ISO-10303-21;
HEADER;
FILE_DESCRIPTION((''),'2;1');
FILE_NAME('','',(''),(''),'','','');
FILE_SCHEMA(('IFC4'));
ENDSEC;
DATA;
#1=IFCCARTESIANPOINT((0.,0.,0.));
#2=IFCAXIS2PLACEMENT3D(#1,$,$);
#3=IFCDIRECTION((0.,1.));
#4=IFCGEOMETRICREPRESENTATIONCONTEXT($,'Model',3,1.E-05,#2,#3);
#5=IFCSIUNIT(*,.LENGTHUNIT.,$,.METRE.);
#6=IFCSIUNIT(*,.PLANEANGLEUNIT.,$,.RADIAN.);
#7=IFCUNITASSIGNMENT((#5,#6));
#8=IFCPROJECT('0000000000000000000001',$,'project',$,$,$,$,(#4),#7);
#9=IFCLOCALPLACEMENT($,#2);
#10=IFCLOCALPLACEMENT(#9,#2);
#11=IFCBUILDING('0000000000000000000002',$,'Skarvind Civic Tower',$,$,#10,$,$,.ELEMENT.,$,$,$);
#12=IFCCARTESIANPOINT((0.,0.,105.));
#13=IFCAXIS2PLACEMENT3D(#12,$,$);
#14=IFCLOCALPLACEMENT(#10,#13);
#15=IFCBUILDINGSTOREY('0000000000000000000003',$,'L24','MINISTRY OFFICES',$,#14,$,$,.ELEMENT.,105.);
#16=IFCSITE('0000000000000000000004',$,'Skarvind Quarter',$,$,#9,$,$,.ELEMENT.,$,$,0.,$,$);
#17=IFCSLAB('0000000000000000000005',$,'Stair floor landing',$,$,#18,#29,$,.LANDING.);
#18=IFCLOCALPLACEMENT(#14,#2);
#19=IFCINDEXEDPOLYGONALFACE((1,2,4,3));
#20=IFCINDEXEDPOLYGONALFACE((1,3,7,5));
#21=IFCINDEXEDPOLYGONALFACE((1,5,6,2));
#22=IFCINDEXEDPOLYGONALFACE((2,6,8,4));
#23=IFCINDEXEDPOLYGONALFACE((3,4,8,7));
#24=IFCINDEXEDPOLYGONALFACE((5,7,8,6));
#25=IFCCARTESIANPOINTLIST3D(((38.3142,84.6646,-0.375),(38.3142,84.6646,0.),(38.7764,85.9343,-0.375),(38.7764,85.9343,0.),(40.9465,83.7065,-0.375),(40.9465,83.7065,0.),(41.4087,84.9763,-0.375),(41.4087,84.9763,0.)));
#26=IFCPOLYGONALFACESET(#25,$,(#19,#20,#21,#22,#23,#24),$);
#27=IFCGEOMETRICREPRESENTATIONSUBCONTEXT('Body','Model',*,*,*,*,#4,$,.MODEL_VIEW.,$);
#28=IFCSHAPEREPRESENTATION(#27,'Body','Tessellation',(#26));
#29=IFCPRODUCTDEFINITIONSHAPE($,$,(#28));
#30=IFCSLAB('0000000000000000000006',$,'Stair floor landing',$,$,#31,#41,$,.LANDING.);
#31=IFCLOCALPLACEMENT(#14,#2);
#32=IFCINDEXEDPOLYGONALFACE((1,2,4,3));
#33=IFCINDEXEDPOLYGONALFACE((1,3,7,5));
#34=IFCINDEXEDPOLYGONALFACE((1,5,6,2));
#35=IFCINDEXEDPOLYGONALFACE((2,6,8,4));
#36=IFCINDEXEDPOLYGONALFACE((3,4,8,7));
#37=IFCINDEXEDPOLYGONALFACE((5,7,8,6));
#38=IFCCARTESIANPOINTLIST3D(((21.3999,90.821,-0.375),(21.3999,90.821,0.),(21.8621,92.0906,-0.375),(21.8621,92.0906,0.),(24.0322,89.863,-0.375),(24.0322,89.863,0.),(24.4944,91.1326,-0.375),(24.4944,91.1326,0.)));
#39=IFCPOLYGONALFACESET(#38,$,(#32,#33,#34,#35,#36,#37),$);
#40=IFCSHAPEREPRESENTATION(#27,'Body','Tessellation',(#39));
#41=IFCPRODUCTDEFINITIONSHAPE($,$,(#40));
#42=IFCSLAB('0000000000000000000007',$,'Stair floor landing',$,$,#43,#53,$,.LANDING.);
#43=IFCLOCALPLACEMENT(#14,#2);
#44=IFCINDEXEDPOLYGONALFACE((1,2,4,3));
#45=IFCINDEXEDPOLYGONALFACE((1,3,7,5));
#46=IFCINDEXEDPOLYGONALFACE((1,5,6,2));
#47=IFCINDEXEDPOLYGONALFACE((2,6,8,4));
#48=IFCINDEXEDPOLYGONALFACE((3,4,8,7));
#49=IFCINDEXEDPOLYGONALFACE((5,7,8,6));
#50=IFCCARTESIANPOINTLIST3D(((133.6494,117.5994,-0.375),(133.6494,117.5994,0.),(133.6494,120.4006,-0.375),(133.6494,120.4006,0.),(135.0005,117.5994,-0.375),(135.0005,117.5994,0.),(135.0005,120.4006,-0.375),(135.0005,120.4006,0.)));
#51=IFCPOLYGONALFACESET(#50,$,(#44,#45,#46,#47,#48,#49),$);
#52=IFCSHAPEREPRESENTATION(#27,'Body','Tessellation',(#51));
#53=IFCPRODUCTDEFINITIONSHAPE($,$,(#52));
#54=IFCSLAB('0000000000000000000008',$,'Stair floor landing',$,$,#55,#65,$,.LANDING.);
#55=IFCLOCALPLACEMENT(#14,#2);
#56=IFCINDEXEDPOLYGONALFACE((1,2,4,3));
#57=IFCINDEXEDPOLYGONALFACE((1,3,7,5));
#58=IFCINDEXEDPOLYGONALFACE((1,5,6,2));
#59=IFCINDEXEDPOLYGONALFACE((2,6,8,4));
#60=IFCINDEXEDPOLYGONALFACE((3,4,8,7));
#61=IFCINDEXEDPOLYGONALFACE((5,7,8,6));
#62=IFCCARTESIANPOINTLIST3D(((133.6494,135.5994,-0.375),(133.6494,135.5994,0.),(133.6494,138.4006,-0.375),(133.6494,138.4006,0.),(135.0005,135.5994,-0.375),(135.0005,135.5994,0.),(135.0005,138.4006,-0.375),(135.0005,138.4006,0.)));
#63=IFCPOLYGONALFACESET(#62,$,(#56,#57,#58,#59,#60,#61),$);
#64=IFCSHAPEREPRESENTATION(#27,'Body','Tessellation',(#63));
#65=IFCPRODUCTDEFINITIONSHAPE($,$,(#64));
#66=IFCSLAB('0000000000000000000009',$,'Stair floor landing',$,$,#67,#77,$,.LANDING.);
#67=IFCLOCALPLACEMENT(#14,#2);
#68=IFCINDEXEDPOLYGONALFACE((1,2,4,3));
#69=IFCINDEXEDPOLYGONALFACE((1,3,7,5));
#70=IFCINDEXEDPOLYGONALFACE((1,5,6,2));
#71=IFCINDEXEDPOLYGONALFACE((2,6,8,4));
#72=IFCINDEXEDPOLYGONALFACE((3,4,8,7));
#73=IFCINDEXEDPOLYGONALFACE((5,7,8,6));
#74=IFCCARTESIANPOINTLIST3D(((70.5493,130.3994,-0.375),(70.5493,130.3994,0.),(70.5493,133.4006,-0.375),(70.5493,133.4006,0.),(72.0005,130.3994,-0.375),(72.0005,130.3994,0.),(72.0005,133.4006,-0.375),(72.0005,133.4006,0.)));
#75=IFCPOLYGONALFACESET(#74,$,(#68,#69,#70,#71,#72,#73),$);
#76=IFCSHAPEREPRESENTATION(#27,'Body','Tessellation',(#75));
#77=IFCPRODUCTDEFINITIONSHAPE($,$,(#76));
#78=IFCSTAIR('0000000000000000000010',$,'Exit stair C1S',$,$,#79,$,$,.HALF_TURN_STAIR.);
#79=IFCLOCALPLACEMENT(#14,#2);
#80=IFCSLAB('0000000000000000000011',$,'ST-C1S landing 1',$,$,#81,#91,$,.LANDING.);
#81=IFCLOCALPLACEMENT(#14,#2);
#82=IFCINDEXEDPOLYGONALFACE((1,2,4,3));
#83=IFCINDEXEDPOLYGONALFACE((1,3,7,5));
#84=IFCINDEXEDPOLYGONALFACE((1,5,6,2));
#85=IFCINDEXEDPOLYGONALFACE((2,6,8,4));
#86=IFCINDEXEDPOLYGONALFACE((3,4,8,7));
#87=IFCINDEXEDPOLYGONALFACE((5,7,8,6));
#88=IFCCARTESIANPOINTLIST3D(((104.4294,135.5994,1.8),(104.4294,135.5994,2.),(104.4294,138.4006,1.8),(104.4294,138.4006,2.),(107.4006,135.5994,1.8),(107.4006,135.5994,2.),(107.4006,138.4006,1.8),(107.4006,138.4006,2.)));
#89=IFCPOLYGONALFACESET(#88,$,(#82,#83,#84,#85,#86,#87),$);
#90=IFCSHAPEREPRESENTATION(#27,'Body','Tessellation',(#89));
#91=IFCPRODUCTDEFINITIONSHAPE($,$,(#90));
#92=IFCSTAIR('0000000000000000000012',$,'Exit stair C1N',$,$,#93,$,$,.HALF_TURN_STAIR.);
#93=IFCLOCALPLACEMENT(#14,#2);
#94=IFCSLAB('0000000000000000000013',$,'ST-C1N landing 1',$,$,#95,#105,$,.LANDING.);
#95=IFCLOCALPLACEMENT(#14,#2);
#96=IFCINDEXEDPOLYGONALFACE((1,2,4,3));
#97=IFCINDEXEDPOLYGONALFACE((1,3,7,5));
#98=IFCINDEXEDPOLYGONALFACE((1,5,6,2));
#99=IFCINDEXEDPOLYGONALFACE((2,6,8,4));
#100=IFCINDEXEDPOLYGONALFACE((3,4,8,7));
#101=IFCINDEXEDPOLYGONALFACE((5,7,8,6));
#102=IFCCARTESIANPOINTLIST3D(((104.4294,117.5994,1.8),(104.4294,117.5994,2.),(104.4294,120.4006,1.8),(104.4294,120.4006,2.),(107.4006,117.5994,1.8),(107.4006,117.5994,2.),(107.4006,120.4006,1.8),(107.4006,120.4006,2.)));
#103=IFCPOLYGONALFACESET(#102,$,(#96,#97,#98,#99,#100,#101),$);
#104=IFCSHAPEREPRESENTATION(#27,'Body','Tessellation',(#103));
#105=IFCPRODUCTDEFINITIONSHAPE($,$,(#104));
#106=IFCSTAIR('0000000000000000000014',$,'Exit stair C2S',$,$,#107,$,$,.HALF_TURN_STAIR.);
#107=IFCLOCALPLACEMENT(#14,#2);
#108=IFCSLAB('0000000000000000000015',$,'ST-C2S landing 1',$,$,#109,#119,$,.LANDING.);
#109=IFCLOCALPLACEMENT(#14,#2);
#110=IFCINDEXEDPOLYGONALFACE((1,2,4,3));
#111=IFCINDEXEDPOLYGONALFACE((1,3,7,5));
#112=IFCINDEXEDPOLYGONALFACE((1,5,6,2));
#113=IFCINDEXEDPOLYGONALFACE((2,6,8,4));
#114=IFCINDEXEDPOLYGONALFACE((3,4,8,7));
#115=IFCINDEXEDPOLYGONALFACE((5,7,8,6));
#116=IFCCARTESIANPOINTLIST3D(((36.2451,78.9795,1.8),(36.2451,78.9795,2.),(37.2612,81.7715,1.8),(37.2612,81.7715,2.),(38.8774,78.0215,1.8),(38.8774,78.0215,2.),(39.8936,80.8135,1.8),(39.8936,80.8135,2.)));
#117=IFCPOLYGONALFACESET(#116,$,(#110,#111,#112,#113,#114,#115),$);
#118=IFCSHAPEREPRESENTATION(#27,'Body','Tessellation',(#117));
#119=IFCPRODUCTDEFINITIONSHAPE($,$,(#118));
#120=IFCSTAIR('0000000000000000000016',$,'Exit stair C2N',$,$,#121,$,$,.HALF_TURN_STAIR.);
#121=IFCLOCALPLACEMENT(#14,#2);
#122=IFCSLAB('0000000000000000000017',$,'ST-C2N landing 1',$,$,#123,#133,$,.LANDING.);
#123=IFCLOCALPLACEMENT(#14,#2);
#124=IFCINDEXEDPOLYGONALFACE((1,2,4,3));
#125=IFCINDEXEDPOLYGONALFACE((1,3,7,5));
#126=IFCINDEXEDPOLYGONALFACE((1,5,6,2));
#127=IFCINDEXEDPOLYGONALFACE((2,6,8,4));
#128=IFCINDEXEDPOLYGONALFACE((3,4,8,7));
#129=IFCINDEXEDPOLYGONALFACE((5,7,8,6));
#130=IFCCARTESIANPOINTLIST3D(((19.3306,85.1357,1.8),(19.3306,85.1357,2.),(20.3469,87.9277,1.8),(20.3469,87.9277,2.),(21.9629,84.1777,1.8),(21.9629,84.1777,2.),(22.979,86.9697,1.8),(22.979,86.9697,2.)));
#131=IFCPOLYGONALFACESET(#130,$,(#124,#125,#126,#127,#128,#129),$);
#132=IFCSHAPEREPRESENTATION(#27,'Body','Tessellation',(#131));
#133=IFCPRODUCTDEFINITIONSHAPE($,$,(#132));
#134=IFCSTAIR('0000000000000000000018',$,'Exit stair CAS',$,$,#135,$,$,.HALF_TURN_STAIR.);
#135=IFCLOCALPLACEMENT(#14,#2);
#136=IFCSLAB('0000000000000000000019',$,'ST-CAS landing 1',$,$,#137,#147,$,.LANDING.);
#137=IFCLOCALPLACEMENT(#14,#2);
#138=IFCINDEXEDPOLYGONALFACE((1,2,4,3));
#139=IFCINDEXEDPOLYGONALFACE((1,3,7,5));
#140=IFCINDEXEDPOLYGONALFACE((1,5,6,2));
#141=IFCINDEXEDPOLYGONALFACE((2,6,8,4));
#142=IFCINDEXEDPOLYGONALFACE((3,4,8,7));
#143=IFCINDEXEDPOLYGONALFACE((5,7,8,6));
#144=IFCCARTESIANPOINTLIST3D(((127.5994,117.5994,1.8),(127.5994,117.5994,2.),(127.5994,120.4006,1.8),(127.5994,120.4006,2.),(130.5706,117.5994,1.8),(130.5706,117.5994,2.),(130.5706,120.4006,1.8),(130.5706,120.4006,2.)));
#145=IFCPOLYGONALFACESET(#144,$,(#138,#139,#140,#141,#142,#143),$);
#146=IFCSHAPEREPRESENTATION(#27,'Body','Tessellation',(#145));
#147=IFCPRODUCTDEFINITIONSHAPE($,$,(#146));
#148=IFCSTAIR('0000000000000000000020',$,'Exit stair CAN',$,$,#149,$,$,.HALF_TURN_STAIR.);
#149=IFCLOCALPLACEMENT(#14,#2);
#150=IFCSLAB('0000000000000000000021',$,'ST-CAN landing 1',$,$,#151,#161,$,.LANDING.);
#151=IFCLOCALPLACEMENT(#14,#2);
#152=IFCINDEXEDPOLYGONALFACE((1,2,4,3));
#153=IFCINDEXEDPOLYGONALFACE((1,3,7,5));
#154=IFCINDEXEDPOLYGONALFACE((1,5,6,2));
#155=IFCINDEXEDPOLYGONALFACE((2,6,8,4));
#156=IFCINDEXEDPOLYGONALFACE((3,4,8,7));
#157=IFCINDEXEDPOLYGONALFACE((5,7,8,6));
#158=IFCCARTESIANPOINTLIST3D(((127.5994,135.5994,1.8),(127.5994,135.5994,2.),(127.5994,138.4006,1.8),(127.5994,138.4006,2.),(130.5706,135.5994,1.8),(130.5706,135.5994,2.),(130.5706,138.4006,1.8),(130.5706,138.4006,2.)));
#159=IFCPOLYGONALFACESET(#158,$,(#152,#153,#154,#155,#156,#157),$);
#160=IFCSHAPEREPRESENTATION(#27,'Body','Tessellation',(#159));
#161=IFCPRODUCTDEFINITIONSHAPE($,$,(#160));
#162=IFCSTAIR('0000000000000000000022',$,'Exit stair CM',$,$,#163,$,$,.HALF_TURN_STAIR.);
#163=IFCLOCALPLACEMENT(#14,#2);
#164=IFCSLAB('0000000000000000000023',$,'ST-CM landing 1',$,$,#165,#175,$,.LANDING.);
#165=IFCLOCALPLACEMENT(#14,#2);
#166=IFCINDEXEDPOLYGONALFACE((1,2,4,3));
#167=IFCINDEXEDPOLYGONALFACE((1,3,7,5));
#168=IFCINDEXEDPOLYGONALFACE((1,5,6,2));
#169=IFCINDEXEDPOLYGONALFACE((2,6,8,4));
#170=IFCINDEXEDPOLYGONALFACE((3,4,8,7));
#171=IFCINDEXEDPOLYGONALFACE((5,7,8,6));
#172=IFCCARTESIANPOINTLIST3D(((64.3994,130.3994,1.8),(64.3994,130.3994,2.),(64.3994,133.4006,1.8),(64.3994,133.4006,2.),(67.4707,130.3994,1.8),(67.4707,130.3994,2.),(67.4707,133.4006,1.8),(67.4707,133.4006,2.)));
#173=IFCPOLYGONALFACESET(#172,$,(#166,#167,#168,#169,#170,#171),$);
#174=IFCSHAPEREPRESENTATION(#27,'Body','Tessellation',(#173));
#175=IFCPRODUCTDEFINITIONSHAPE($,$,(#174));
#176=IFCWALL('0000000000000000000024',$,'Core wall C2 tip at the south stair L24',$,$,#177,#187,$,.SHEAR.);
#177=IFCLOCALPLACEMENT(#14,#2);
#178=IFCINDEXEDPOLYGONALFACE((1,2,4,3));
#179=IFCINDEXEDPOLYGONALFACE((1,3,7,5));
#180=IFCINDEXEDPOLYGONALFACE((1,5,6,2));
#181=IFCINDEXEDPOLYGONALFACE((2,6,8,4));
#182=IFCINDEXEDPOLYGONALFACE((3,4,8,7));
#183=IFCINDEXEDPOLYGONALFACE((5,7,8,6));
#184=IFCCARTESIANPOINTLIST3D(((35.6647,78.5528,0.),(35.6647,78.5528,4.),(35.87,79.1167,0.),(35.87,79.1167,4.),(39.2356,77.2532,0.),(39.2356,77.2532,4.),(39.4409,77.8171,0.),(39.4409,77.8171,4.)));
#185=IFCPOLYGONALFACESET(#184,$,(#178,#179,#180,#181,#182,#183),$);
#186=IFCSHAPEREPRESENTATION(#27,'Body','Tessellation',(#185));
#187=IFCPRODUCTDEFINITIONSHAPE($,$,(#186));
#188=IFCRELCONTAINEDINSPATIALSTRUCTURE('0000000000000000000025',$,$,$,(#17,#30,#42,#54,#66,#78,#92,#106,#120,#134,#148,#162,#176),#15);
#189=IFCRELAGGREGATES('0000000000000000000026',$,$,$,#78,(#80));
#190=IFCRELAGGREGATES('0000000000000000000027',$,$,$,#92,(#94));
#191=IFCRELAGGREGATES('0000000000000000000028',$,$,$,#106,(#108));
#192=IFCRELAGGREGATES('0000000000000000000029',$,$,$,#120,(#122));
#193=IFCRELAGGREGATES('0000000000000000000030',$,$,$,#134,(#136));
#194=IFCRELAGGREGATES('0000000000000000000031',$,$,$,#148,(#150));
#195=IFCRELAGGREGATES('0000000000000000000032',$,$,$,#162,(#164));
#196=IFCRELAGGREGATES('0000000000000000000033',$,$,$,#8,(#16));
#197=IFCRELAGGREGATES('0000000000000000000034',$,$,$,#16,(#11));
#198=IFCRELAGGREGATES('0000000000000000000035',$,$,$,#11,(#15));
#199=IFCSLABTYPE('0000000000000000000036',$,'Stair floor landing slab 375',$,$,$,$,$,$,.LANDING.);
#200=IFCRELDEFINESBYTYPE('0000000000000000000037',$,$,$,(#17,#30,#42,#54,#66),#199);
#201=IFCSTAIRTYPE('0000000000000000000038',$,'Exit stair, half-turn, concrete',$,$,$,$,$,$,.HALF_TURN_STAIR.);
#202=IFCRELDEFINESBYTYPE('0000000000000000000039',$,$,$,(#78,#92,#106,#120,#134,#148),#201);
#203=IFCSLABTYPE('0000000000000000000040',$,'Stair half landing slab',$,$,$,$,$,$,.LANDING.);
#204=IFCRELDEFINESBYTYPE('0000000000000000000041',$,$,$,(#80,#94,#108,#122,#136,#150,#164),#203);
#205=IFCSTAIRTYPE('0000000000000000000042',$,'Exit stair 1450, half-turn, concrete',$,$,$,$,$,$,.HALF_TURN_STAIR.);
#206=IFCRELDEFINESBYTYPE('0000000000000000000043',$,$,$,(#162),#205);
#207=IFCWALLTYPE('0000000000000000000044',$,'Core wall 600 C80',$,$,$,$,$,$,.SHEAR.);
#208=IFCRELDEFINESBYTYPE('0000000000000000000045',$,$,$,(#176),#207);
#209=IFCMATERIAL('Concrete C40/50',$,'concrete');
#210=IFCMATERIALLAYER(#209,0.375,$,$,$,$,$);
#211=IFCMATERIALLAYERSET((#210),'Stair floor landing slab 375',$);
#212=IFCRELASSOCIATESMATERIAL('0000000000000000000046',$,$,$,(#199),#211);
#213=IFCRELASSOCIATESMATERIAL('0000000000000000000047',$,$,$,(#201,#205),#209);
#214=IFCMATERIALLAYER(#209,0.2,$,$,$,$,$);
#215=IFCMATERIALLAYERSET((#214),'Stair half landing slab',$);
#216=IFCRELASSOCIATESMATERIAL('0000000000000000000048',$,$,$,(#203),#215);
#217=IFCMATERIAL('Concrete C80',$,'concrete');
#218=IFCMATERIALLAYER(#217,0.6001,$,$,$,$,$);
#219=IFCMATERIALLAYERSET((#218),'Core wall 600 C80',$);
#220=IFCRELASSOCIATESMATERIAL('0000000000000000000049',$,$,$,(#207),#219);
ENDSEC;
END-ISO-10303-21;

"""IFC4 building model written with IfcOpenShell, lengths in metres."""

from ifc_helpers import new_model, si_unit, direction, frame, frame_2d, origin, place, context, subcontext, project, spatial, polyline, rectangle, outline, extrude, material, layer, layer_set, type_object, element, aggregate, save


model = new_model("IFC4")

# Units and contexts
model_context = context("Model", 3, precision=1e-05, world=origin(), true_north=direction((0.0, 1.0)))
body_context = subcontext(model_context, "Body", "Model", "MODEL_VIEW")
ifc_project = project(units=[si_unit("LENGTHUNIT", "METRE"), si_unit("PLANEANGLEUNIT", "RADIAN")], contexts=[model_context])

# Site, building, storey
site_placement = place(None, origin())
site = spatial("IfcSite", under=ifc_project, at=site_placement, Name="Skarvind Quarter", CompositionType="ELEMENT", RefElevation=0.0)
building_placement = place(site_placement, origin())
building = spatial("IfcBuilding", under=site, at=building_placement, Name="Skarvind Civic Tower", CompositionType="ELEMENT")
storey_placement = place(building_placement, frame((0.0, 0.0, 105.0)))
storey = spatial("IfcBuildingStorey", under=building, at=storey_placement, Name="L24", Description="MINISTRY OFFICES", CompositionType="ELEMENT", Elevation=105.0)

# Slabs
ifc_material_1 = material(Name="Concrete C40/50", Category="concrete")
ifc_layer_1 = layer(ifc_material_1, 0.375)
ifc_layer_set_1 = layer_set([ifc_layer_1], Name="Stair floor landing slab 375")
slab_type_1 = type_object("IfcSlabType", Name="Stair floor landing slab 375", PredefinedType="LANDING", material=ifc_layer_set_1)
slab_1_placement = place(storey_placement, frame((0.0, 0.0, -0.375)))
element("IfcSlab", 1, at=slab_1_placement, inside=storey, type_object=slab_type_1, Name="Stair floor landing", PredefinedType="LANDING", context=body_context, shape_type="SweptSolid", body=[
    extrude(outline(polyline([(40.9465, 83.7065), (38.3142, 84.6646), (38.7764, 85.9343), (41.4087, 84.9763), (40.9465, 83.7065)])), origin(), (0.0, 0.0, 1.0), 0.375),
])
slab_2_placement = place(storey_placement, frame((0.0, 0.0, -0.375)))
element("IfcSlab", 2, at=slab_2_placement, inside=storey, type_object=slab_type_1, Name="Stair floor landing", PredefinedType="LANDING", context=body_context, shape_type="SweptSolid", body=[
    extrude(outline(polyline([(24.0322, 89.863), (21.3999, 90.821), (21.8621, 92.0906), (24.4944, 91.1326), (24.0322, 89.863)])), origin(), (0.0, 0.0, 1.0), 0.375),
])
slab_3_placement = place(storey_placement, frame((0.0, 0.0, -0.375)))
element("IfcSlab", 3, at=slab_3_placement, inside=storey, type_object=slab_type_1, Name="Stair floor landing", PredefinedType="LANDING", context=body_context, shape_type="SweptSolid", body=[
    extrude(outline(polyline([(133.6494, 117.5994), (133.6494, 120.4006), (135.0005, 120.4006), (135.0005, 117.5994), (133.6494, 117.5994)])), origin(), (0.0, 0.0, 1.0), 0.375),
])
slab_4_placement = place(storey_placement, frame((0.0, 0.0, -0.375)))
element("IfcSlab", 4, at=slab_4_placement, inside=storey, type_object=slab_type_1, Name="Stair floor landing", PredefinedType="LANDING", context=body_context, shape_type="SweptSolid", body=[
    extrude(outline(polyline([(133.6494, 135.5994), (133.6494, 138.4006), (135.0005, 138.4006), (135.0005, 135.5994), (133.6494, 135.5994)])), origin(), (0.0, 0.0, 1.0), 0.375),
])
slab_5_placement = place(storey_placement, frame((0.0, 0.0, -0.375)))
element("IfcSlab", 5, at=slab_5_placement, inside=storey, type_object=slab_type_1, Name="Stair floor landing", PredefinedType="LANDING", context=body_context, shape_type="SweptSolid", body=[
    extrude(outline(polyline([(70.5493, 130.3994), (70.5493, 133.4006), (72.0005, 133.4006), (72.0005, 130.3994), (70.5493, 130.3994)])), origin(), (0.0, 0.0, 1.0), 0.375),
])

# Stairs, slabs
stair_type_1 = type_object("IfcStairType", Name="Exit stair, half-turn, concrete", PredefinedType="HALF_TURN_STAIR", material=ifc_material_1)
stair_1_placement = place(storey_placement, origin())
stair_1 = element("IfcStair", 6, at=stair_1_placement, inside=storey, type_object=stair_type_1, Name="Exit stair C1S", PredefinedType="HALF_TURN_STAIR")
ifc_layer_2 = layer(ifc_material_1, 0.2)
ifc_layer_set_2 = layer_set([ifc_layer_2], Name="Stair half landing slab")
slab_type_2 = type_object("IfcSlabType", Name="Stair half landing slab", PredefinedType="LANDING", material=ifc_layer_set_2)
slab_6_placement = place(storey_placement, frame((0.0, 0.0, 1.8)))
slab_6 = element("IfcSlab", 7, at=slab_6_placement, type_object=slab_type_2, Name="ST-C1S landing 1", PredefinedType="LANDING", context=body_context, shape_type="SweptSolid", body=[
    extrude(outline(polyline([(104.4294, 135.5994), (104.4294, 138.4006), (107.4006, 138.4006), (107.4006, 135.5994), (104.4294, 135.5994)])), origin(), (0.0, 0.0, 1.0), 0.2),
])
aggregate(stair_1, [slab_6])
stair_2_placement = place(storey_placement, origin())
stair_2 = element("IfcStair", 8, at=stair_2_placement, inside=storey, type_object=stair_type_1, Name="Exit stair C1N", PredefinedType="HALF_TURN_STAIR")
slab_7_placement = place(storey_placement, frame((0.0, 0.0, 1.8)))
slab_7 = element("IfcSlab", 9, at=slab_7_placement, type_object=slab_type_2, Name="ST-C1N landing 1", PredefinedType="LANDING", context=body_context, shape_type="SweptSolid", body=[
    extrude(outline(polyline([(104.4294, 117.5994), (104.4294, 120.4006), (107.4006, 120.4006), (107.4006, 117.5994), (104.4294, 117.5994)])), origin(), (0.0, 0.0, 1.0), 0.2),
])
aggregate(stair_2, [slab_7])
stair_3_placement = place(storey_placement, origin())
stair_3 = element("IfcStair", 10, at=stair_3_placement, inside=storey, type_object=stair_type_1, Name="Exit stair C2S", PredefinedType="HALF_TURN_STAIR")
slab_8_placement = place(storey_placement, frame((0.0, 0.0, 1.8)))
slab_8 = element("IfcSlab", 11, at=slab_8_placement, type_object=slab_type_2, Name="ST-C2S landing 1", PredefinedType="LANDING", context=body_context, shape_type="SweptSolid", body=[
    extrude(outline(polyline([(37.2612, 81.7715), (39.8936, 80.8135), (38.8774, 78.0215), (36.2451, 78.9795), (37.2612, 81.7715)])), origin(), (0.0, 0.0, 1.0), 0.2),
])
aggregate(stair_3, [slab_8])
stair_4_placement = place(storey_placement, origin())
stair_4 = element("IfcStair", 12, at=stair_4_placement, inside=storey, type_object=stair_type_1, Name="Exit stair C2N", PredefinedType="HALF_TURN_STAIR")
slab_9_placement = place(storey_placement, frame((0.0, 0.0, 1.8)))
slab_9 = element("IfcSlab", 13, at=slab_9_placement, type_object=slab_type_2, Name="ST-C2N landing 1", PredefinedType="LANDING", context=body_context, shape_type="SweptSolid", body=[
    extrude(outline(polyline([(20.3469, 87.9277), (22.979, 86.9697), (21.9629, 84.1777), (19.3306, 85.1357), (20.3469, 87.9277)])), origin(), (0.0, 0.0, 1.0), 0.2),
])
aggregate(stair_4, [slab_9])
stair_5_placement = place(storey_placement, origin())
stair_5 = element("IfcStair", 14, at=stair_5_placement, inside=storey, type_object=stair_type_1, Name="Exit stair CAS", PredefinedType="HALF_TURN_STAIR")
slab_10_placement = place(storey_placement, frame((0.0, 0.0, 1.8)))
slab_10 = element("IfcSlab", 15, at=slab_10_placement, type_object=slab_type_2, Name="ST-CAS landing 1", PredefinedType="LANDING", context=body_context, shape_type="SweptSolid", body=[
    extrude(outline(polyline([(130.5706, 120.4006), (130.5706, 117.5994), (127.5994, 117.5994), (127.5994, 120.4006), (130.5706, 120.4006)])), origin(), (0.0, 0.0, 1.0), 0.2),
])
aggregate(stair_5, [slab_10])
stair_6_placement = place(storey_placement, origin())
stair_6 = element("IfcStair", 16, at=stair_6_placement, inside=storey, type_object=stair_type_1, Name="Exit stair CAN", PredefinedType="HALF_TURN_STAIR")
slab_11_placement = place(storey_placement, frame((0.0, 0.0, 1.8)))
slab_11 = element("IfcSlab", 17, at=slab_11_placement, type_object=slab_type_2, Name="ST-CAN landing 1", PredefinedType="LANDING", context=body_context, shape_type="SweptSolid", body=[
    extrude(outline(polyline([(130.5706, 138.4006), (130.5706, 135.5994), (127.5994, 135.5994), (127.5994, 138.4006), (130.5706, 138.4006)])), origin(), (0.0, 0.0, 1.0), 0.2),
])
aggregate(stair_6, [slab_11])
stair_type_2 = type_object("IfcStairType", Name="Exit stair 1450, half-turn, concrete", PredefinedType="HALF_TURN_STAIR", material=ifc_material_1)
stair_7_placement = place(storey_placement, origin())
stair_7 = element("IfcStair", 18, at=stair_7_placement, inside=storey, type_object=stair_type_2, Name="Exit stair CM", PredefinedType="HALF_TURN_STAIR")
slab_12_placement = place(storey_placement, frame((0.0, 0.0, 1.8)))
slab_12 = element("IfcSlab", 19, at=slab_12_placement, type_object=slab_type_2, Name="ST-CM landing 1", PredefinedType="LANDING", context=body_context, shape_type="SweptSolid", body=[
    extrude(outline(polyline([(67.4707, 133.4006), (67.4707, 130.3994), (64.3994, 130.3994), (64.3994, 133.4006), (67.4707, 133.4006)])), origin(), (0.0, 0.0, 1.0), 0.2),
])
aggregate(stair_7, [slab_12])

# Wall
ifc_material_2 = material(Name="Concrete C80", Category="concrete")
ifc_layer_3 = layer(ifc_material_2, 0.6001)
ifc_layer_set_3 = layer_set([ifc_layer_3], Name="Core wall 600 C80")
wall_type = type_object("IfcWallType", Name="Core wall 600 C80", PredefinedType="SHEAR", material=ifc_layer_set_3)
wall_placement = place(storey_placement, frame((39.3381, 77.5352, 0.0), z_axis=(0.0, 0.0, 1.0), x_axis=(-0.939701, 0.341996, 0.0)))
element("IfcWall", 20, at=wall_placement, inside=storey, type_object=wall_type, Name="Core wall C2 tip at the south stair L24", PredefinedType="SHEAR", context=body_context, shape_type="SweptSolid", body=[
    extrude(rectangle(XDim=3.8, YDim=0.6001, at=frame_2d((1.8999, 0.0))), origin(), (0.0, 0.0, 1.0), 4.0),
])

save(model, "model.ifc")
